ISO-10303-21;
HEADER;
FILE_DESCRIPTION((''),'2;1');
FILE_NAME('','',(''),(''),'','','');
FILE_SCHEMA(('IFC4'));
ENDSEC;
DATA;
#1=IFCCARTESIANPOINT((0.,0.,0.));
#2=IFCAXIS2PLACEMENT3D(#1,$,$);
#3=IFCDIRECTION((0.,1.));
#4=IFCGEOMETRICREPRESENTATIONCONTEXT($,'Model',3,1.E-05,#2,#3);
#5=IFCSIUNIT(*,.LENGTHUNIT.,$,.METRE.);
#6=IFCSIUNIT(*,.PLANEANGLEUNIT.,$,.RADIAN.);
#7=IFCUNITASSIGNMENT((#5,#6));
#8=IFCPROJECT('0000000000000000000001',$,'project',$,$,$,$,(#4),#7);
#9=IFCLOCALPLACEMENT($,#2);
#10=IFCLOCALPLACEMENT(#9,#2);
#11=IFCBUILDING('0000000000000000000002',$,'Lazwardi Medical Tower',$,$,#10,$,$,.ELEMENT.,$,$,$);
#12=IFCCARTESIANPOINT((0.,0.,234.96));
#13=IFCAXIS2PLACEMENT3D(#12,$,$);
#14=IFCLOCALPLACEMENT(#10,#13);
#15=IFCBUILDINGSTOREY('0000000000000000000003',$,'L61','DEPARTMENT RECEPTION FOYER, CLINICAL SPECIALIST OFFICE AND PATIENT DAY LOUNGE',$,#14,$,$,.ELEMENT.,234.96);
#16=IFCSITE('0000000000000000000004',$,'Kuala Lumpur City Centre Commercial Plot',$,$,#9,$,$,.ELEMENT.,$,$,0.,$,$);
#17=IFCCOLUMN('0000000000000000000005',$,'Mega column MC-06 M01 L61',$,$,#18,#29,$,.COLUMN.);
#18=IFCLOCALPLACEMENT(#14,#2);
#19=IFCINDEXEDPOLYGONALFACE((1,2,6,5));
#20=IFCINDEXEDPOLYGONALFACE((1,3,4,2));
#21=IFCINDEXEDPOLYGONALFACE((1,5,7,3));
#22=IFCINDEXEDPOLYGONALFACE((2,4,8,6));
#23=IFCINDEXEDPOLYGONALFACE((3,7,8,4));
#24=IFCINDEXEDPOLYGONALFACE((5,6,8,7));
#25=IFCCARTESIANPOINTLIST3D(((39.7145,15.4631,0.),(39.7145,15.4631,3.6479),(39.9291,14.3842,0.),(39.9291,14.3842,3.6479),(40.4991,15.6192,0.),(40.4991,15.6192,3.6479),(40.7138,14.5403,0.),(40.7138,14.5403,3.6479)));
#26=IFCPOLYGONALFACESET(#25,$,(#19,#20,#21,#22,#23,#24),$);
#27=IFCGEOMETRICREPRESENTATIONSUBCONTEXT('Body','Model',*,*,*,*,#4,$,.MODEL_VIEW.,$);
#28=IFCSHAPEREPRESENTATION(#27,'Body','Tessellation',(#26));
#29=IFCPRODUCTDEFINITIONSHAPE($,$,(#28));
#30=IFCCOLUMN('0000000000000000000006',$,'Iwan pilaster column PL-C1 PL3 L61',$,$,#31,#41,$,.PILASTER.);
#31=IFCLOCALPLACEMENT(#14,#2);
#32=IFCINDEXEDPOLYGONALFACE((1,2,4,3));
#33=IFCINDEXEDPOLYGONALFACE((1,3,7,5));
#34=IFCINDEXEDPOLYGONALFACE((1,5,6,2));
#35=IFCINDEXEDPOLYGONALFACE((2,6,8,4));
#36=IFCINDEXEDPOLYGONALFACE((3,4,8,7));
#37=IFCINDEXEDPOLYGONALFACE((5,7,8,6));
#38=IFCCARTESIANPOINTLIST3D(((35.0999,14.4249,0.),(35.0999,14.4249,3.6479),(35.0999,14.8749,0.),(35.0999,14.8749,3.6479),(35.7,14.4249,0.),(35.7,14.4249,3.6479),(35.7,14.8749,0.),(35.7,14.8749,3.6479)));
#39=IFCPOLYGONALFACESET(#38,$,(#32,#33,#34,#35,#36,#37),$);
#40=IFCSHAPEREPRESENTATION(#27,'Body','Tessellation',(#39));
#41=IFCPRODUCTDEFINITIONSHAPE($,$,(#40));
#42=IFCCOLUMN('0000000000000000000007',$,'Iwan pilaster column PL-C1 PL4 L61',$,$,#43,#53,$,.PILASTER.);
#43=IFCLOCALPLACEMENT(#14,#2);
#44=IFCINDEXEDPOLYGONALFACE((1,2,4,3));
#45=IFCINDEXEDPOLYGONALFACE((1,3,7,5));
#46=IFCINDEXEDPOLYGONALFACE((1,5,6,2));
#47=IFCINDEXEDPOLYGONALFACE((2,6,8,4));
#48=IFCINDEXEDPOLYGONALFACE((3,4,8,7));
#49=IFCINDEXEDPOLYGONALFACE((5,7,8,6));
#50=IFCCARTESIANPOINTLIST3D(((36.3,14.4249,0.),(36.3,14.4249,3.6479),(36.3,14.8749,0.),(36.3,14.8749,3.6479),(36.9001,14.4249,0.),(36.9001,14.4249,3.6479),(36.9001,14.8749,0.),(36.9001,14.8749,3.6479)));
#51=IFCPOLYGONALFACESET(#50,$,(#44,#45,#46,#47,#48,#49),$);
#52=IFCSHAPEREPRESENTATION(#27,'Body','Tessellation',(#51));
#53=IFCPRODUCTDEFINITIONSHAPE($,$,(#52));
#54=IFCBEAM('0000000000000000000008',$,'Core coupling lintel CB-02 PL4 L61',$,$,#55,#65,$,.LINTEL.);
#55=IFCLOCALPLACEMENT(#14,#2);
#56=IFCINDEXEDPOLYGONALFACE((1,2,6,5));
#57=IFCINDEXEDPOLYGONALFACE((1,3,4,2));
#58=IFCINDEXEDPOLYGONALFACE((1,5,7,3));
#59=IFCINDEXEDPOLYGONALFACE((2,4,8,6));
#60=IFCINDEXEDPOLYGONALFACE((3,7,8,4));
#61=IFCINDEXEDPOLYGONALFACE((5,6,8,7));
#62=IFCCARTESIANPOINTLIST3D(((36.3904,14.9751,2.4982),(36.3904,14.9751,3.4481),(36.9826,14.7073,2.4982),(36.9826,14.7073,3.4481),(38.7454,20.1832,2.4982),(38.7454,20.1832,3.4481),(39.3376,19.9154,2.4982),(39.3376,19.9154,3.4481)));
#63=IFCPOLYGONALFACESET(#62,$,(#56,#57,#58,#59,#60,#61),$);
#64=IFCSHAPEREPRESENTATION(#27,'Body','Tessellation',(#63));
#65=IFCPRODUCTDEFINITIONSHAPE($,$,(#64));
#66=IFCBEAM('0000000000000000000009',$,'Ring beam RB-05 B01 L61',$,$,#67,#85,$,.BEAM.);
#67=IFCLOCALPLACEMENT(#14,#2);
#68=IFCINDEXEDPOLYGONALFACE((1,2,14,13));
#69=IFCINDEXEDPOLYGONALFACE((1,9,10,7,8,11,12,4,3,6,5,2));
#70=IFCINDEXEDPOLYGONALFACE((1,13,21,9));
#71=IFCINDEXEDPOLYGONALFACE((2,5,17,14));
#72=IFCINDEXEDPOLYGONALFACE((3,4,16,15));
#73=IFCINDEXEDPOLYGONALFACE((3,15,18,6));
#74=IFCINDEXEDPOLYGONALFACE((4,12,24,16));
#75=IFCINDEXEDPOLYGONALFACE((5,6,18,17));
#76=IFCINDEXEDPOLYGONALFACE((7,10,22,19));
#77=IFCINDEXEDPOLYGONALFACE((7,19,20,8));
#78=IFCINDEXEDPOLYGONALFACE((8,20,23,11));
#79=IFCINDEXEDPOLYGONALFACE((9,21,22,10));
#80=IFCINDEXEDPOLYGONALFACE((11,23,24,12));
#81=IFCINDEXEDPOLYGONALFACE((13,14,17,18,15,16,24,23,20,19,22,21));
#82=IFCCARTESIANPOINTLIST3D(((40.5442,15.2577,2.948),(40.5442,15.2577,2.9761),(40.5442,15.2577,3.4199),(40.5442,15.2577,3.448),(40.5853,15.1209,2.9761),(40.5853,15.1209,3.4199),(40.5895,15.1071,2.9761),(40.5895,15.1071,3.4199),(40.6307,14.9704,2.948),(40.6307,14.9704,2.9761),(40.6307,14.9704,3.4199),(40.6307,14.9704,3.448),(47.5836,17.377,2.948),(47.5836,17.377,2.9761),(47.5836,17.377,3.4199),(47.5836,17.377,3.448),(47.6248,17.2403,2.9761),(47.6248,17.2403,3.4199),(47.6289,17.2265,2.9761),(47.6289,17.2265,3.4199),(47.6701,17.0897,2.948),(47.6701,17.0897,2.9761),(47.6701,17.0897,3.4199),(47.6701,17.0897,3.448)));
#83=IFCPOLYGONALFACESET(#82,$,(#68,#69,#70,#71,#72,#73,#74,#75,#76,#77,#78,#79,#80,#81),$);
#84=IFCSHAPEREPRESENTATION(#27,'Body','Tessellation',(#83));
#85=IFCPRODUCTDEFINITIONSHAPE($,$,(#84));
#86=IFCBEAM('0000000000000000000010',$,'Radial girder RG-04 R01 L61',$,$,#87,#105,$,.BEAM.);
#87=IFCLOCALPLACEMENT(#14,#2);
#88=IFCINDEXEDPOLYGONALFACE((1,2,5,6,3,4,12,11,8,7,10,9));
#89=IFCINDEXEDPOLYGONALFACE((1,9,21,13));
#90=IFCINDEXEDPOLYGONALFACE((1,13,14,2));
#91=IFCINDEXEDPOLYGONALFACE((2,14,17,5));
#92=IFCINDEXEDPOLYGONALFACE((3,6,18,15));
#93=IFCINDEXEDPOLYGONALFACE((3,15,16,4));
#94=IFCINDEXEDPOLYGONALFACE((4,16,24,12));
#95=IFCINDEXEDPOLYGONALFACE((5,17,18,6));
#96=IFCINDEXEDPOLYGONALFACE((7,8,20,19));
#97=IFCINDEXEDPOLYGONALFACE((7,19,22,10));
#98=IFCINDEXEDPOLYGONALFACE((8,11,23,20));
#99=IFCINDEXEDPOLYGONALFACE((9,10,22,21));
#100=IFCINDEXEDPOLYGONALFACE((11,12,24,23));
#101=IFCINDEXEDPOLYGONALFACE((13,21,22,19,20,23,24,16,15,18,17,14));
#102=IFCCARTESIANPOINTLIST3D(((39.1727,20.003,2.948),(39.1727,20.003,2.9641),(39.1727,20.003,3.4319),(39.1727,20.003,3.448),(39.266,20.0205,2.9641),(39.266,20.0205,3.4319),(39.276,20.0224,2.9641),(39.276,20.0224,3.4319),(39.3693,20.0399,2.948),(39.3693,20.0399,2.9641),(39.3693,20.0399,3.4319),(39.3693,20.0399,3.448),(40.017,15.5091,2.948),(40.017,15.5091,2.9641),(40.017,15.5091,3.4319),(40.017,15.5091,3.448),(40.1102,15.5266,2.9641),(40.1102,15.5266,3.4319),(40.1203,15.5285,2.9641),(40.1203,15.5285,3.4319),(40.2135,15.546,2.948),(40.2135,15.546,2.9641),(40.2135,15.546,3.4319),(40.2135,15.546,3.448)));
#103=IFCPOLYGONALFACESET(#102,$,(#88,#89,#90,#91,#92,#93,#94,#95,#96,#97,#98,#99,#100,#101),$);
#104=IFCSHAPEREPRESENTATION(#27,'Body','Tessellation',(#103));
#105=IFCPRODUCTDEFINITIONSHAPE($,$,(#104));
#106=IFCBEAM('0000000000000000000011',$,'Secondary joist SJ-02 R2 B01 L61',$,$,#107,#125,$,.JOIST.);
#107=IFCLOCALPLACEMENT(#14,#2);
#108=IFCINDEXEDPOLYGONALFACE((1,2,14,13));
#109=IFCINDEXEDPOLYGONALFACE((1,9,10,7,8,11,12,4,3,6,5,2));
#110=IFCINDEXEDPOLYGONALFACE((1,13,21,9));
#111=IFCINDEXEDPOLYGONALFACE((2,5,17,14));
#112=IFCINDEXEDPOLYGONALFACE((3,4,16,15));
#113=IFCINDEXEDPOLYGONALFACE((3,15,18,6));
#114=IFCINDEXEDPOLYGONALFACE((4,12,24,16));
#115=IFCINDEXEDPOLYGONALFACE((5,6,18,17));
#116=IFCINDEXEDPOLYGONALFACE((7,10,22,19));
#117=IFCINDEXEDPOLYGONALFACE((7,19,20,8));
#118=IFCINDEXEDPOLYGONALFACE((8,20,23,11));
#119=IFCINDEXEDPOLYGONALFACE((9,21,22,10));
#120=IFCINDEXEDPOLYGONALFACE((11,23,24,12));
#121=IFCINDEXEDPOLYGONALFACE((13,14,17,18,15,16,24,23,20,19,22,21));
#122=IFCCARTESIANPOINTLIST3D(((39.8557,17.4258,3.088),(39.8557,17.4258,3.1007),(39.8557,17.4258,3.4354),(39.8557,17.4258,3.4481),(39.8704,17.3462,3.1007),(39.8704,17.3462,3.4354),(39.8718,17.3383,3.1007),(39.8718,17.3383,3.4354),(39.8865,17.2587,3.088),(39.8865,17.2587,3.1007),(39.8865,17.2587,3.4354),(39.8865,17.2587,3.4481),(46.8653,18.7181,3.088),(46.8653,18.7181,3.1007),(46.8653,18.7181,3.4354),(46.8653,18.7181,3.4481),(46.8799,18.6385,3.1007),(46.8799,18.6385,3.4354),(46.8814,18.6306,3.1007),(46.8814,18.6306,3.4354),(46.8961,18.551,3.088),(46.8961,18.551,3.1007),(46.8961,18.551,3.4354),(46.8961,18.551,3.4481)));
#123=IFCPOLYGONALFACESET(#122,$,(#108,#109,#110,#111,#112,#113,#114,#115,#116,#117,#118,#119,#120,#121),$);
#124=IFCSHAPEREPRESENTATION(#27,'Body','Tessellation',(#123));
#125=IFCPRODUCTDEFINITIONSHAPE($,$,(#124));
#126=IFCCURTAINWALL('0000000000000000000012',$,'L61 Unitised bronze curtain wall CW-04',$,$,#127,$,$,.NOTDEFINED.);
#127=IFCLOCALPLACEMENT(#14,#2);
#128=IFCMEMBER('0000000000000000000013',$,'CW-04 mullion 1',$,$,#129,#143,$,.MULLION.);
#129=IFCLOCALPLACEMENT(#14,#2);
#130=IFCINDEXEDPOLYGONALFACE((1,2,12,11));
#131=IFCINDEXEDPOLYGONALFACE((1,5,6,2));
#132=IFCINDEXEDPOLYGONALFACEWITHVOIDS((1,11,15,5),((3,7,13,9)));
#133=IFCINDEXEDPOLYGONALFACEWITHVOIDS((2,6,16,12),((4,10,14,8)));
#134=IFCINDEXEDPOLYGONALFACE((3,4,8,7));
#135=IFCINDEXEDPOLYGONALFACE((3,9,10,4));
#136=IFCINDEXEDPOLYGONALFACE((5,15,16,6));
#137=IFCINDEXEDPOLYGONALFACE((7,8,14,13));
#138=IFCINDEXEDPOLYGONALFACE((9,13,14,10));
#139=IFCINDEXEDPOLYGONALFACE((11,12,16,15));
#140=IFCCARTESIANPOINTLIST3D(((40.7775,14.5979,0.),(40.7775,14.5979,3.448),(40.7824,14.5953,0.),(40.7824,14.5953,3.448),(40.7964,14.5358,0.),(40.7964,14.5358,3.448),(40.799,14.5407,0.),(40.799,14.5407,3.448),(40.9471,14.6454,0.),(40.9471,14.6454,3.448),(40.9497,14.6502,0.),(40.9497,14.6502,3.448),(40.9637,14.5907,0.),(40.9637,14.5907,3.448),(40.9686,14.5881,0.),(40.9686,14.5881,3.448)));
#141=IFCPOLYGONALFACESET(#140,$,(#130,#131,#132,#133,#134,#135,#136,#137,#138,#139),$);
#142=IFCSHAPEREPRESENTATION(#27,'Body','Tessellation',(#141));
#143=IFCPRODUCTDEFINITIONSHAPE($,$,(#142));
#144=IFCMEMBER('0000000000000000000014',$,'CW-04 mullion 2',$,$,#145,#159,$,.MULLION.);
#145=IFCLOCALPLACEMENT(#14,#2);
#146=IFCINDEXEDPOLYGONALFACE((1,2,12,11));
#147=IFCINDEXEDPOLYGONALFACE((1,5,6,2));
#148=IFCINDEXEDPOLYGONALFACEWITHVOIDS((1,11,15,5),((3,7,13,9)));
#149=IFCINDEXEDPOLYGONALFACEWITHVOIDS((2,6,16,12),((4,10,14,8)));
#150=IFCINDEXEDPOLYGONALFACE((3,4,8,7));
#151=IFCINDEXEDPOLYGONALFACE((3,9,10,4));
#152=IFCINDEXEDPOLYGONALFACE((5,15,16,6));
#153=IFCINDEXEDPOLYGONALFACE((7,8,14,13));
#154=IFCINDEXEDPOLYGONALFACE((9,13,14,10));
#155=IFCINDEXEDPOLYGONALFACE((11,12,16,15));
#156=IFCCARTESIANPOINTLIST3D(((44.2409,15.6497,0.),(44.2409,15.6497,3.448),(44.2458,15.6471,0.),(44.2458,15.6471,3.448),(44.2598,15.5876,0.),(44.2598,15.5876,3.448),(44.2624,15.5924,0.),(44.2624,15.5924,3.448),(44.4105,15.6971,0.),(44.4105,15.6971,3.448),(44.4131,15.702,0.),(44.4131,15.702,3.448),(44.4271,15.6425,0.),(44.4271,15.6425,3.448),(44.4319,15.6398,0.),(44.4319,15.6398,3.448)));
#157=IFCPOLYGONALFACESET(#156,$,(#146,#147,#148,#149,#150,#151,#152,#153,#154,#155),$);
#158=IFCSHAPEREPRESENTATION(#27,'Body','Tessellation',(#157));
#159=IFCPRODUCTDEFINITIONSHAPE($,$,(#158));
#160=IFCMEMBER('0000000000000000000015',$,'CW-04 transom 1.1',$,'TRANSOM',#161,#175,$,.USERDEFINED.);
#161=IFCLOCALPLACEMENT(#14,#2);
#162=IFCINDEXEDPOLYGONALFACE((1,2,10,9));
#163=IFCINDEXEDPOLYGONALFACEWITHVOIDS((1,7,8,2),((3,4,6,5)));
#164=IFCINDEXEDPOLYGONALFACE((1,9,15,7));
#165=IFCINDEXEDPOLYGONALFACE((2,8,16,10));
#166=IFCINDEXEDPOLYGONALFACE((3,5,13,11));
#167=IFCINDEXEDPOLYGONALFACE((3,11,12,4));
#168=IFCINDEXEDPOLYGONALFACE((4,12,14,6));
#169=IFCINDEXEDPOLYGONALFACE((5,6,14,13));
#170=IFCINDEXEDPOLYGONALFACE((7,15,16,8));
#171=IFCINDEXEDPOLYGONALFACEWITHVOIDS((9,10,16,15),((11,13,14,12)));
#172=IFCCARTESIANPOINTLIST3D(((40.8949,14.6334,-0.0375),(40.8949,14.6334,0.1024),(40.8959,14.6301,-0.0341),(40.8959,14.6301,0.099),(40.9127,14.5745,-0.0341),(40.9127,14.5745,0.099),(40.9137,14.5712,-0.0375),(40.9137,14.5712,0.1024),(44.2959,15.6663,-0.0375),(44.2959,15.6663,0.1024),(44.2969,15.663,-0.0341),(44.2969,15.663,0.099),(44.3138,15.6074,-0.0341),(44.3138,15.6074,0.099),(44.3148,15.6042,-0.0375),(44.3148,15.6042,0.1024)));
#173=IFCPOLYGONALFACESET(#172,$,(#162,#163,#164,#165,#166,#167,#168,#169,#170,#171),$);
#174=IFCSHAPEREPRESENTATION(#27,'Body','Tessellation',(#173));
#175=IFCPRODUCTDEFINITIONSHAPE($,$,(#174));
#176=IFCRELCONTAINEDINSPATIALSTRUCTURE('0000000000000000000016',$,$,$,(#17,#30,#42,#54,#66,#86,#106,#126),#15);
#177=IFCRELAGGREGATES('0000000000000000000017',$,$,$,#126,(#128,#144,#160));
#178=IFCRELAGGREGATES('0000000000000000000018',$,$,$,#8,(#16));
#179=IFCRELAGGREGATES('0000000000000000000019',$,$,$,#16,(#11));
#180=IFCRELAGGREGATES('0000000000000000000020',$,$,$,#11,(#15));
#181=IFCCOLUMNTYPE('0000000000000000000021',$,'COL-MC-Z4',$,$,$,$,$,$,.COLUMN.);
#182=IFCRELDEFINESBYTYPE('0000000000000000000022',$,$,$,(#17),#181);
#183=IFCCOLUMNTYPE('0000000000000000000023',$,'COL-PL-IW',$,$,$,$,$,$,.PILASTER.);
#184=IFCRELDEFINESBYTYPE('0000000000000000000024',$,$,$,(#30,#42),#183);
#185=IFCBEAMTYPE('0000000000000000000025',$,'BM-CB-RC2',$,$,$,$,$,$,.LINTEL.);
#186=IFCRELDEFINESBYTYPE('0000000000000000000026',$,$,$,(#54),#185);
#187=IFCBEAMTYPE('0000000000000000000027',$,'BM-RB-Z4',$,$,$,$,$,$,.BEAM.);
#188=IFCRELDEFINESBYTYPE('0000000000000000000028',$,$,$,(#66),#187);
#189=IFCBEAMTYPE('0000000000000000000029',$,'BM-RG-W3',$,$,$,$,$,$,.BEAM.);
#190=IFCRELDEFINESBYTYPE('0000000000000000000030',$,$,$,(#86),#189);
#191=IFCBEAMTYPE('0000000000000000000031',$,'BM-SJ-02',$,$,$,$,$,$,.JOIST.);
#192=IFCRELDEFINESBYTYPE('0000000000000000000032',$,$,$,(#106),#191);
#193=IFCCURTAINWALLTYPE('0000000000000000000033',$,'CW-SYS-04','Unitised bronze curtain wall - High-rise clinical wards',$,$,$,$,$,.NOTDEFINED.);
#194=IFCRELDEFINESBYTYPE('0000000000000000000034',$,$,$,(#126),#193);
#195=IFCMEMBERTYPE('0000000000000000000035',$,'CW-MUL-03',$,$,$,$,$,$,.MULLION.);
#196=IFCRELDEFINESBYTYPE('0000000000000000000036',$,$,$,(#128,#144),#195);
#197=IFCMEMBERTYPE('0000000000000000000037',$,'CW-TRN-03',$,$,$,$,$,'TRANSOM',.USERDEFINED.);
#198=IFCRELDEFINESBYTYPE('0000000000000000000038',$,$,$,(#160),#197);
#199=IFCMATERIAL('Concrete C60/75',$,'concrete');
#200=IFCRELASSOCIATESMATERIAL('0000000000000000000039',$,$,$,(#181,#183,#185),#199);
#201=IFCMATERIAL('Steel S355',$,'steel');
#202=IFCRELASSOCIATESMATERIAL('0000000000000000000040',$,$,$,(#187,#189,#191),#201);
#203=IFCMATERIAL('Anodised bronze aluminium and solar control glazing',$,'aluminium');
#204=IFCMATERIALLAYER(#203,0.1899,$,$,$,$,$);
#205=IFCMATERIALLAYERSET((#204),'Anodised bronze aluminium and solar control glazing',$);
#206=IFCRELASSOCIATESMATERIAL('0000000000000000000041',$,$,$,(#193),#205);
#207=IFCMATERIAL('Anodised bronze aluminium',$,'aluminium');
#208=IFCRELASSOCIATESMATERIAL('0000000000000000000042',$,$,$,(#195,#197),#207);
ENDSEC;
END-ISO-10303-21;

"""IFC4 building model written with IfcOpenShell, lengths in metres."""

from ifc_helpers import new_model, si_unit, direction, frame, origin, origin_2d, place, context, subcontext, project, spatial, rectangle, hollow_rectangle, i_section, extrude, material, layer, layer_set, material_profile, profile_set, type_object, element, aggregate, save


model = new_model("IFC4")

# Units and contexts
model_context = context("Model", 3, precision=1e-05, world=origin(), true_north=direction((0.0, 1.0)))
body_context = subcontext(model_context, "Body", "Model", "MODEL_VIEW")
ifc_project = project(units=[si_unit("LENGTHUNIT", "METRE"), si_unit("PLANEANGLEUNIT", "RADIAN")], contexts=[model_context])

# Site, building, storey
site_placement = place(None, origin())
site = spatial("IfcSite", under=ifc_project, at=site_placement, Name="Kuala Lumpur City Centre Commercial Plot", CompositionType="ELEMENT", RefElevation=0.0)
building_placement = place(site_placement, origin())
building = spatial("IfcBuilding", under=site, at=building_placement, Name="Lazwardi Medical Tower", CompositionType="ELEMENT")
storey_placement = place(building_placement, frame((0.0, 0.0, 234.96)))
storey = spatial("IfcBuildingStorey", under=building, at=storey_placement, Name="L61", Description="DEPARTMENT RECEPTION FOYER, CLINICAL SPECIALIST OFFICE AND PATIENT DAY LOUNGE", CompositionType="ELEMENT", Elevation=234.96)

# Columns
ifc_material_1 = material(Name="Concrete C60/75", Category="concrete")
ifc_material_profile_1 = material_profile(ifc_material_1, rectangle(XDim=1.1001, YDim=0.8, at=origin_2d()), Name="CFT-RECT 1100x800")
ifc_profile_set_1 = profile_set([ifc_material_profile_1], Name="Concrete C60/75")
column_type_1 = type_object("IfcColumnType", Name="COL-MC-Z4", PredefinedType="COLUMN", material=ifc_profile_set_1)
column_placement = place(storey_placement, frame((40.2141, 15.0017, 0.0), z_axis=(0.0, 0.0, 1.0), x_axis=(0.19509, -0.980785, 0.0)))
element("IfcColumn", 1, at=column_placement, inside=storey, type_object=column_type_1, Name="Mega column MC-06 M01 L61", PredefinedType="COLUMN", context=body_context, shape_type="SweptSolid", body=[
    extrude(rectangle(XDim=1.1001, YDim=0.8, at=origin_2d()), origin(), (0.0, 0.0, 1.0), 3.6479),
])
ifc_material_profile_2 = material_profile(ifc_material_1, rectangle(XDim=0.6001, YDim=0.45, at=origin_2d()), Name="RC 600x450")
ifc_profile_set_2 = profile_set([ifc_material_profile_2], Name="Concrete C60/75")
column_type_2 = type_object("IfcColumnType", Name="COL-PL-IW", PredefinedType="PILASTER", material=ifc_profile_set_2)
for number, where, z_axis, x_axis, name in (
    (2, (35.3999, 14.6499, 0.0), (0.0, 0.0, 1.0), (1.0, 0.0, 0.0), "Iwan pilaster column PL-C1 PL3 L61"),
    (3, (36.6001, 14.6499, 0.0), (0.0, 0.0, 1.0), (1.0, 0.0, 0.0), "Iwan pilaster column PL-C1 PL4 L61"),
):
    element("IfcColumn", number, at=place(storey_placement, frame(where, z_axis=z_axis, x_axis=x_axis)), inside=storey, type_object=column_type_2, Name=name, PredefinedType="PILASTER", context=body_context, shape_type="SweptSolid", body=[
        extrude(rectangle(XDim=0.6001, YDim=0.45, at=origin_2d()), origin(), (0.0, 0.0, 1.0), 3.6479),
    ])

# Beams
ifc_material_profile_3 = material_profile(ifc_material_1, rectangle(XDim=0.6499, YDim=0.95, at=origin_2d()), Name="RC 650x950")
ifc_profile_set_3 = profile_set([ifc_material_profile_3], Name="Concrete C60/75")
beam_type_1 = type_object("IfcBeamType", Name="BM-CB-RC2", PredefinedType="LINTEL", material=ifc_profile_set_3)
beam_1_placement = place(storey_placement, frame((39.0415, 20.0493, 2.9731), z_axis=(-0.412019, -0.911175, 0.0), x_axis=(0.911175, -0.412019, 0.0)))
element("IfcBeam", 4, at=beam_1_placement, inside=storey, type_object=beam_type_1, Name="Core coupling lintel CB-02 PL4 L61", PredefinedType="LINTEL", context=body_context, shape_type="SweptSolid", body=[
    extrude(rectangle(XDim=0.6499, YDim=0.95, at=origin_2d()), origin(), (0.0, 0.0, 1.0), 5.7158),
])
ifc_material_2 = material(Name="Steel S355", Category="steel")
ifc_material_profile_4 = material_profile(ifc_material_2, i_section(OverallWidth=0.3, OverallDepth=0.5, WebThickness=0.0144, FlangeThickness=0.0281, at=origin_2d()), Name="HEB 500")
ifc_profile_set_4 = profile_set([ifc_material_profile_4], Name="Steel S355")
beam_type_2 = type_object("IfcBeamType", Name="BM-RB-Z4", PredefinedType="BEAM", material=ifc_profile_set_4)
beam_2_placement = place(storey_placement, frame((40.5874, 15.114, 3.198), z_axis=(0.957544, 0.288286, 0.0), x_axis=(-0.288286, 0.957544, 0.0)))
element("IfcBeam", 5, at=beam_2_placement, inside=storey, type_object=beam_type_2, Name="Ring beam RB-05 B01 L61", PredefinedType="BEAM", context=body_context, shape_type="SweptSolid", body=[
    extrude(i_section(OverallWidth=0.3, OverallDepth=0.5, WebThickness=0.0144, FlangeThickness=0.0281, at=origin_2d()), origin(), (0.0, 0.0, 1.0), 7.3516),
])
ifc_material_profile_5 = material_profile(ifc_material_2, i_section(OverallWidth=0.2, OverallDepth=0.5, WebThickness=0.0103, FlangeThickness=0.0161, at=origin_2d()), Name="IPE 500")
ifc_profile_set_5 = profile_set([ifc_material_profile_5], Name="Steel S355")
beam_type_3 = type_object("IfcBeamType", Name="BM-RG-W3", PredefinedType="BEAM", material=ifc_profile_set_5)
beam_3_placement = place(storey_placement, frame((40.1152, 15.5276, 3.198), z_axis=(-0.184633, 0.982807, 0.0), x_axis=(-0.982807, -0.184633, 0.0)))
element("IfcBeam", 6, at=beam_3_placement, inside=storey, type_object=beam_type_3, Name="Radial girder RG-04 R01 L61", PredefinedType="BEAM", context=body_context, shape_type="SweptSolid", body=[
    extrude(i_section(OverallWidth=0.2, OverallDepth=0.5, WebThickness=0.0103, FlangeThickness=0.0161, at=origin_2d()), origin(), (0.0, 0.0, 1.0), 4.5725),
])
ifc_material_profile_6 = material_profile(ifc_material_2, i_section(OverallWidth=0.1699, OverallDepth=0.3601, WebThickness=0.0081, FlangeThickness=0.0127, at=origin_2d()), Name="IPE 360")
ifc_profile_set_6 = profile_set([ifc_material_profile_6], Name="Steel S355")
beam_type_4 = type_object("IfcBeamType", Name="BM-SJ-02", PredefinedType="JOIST", material=ifc_profile_set_6)
beam_4_placement = place(storey_placement, frame((39.8711, 17.3423, 3.2681), z_axis=(0.983428, 0.181299, 0.0), x_axis=(-0.181299, 0.983428, 0.0)))
element("IfcBeam", 7, at=beam_4_placement, inside=storey, type_object=beam_type_4, Name="Secondary joist SJ-02 R2 B01 L61", PredefinedType="JOIST", context=body_context, shape_type="SweptSolid", body=[
    extrude(i_section(OverallWidth=0.1699, OverallDepth=0.3601, WebThickness=0.0081, FlangeThickness=0.0127, at=origin_2d()), origin(), (0.0, 0.0, 1.0), 7.1277),
])

# Curtain wall, members
ifc_material_3 = material(Name="Anodised bronze aluminium and solar control glazing", Category="aluminium")
ifc_layer_1 = layer(ifc_material_3, 0.1899)
ifc_layer_set_1 = layer_set([ifc_layer_1], Name="Anodised bronze aluminium and solar control glazing")
curtain_wall_type = type_object("IfcCurtainWallType", Name="CW-SYS-04", Description="Unitised bronze curtain wall - High-rise clinical wards", PredefinedType="NOTDEFINED", material=ifc_layer_set_1)
curtain_wall_placement = place(storey_placement, origin())
curtain_wall = element("IfcCurtainWall", 8, at=curtain_wall_placement, inside=storey, type_object=curtain_wall_type, Name="L61 Unitised bronze curtain wall CW-04", PredefinedType="NOTDEFINED")
ifc_material_4 = material(Name="Anodised bronze aluminium", Category="aluminium")
ifc_material_profile_7 = material_profile(ifc_material_4, hollow_rectangle(XDim=0.0649, YDim=0.1799, WallThickness=0.0039, at=origin_2d()), Name="ALU-MULLION 180x65x4")
ifc_profile_set_7 = profile_set([ifc_material_profile_7], Name="Anodised bronze aluminium")
member_type_1 = type_object("IfcMemberType", Name="CW-MUL-03", PredefinedType="MULLION", material=ifc_profile_set_7)
member_1_placement = place(storey_placement, frame((40.873, 14.593, 0.0), z_axis=(0.0, 0.0, 1.0), x_axis=(-0.290582, 0.95685, 0.0)))
member_1 = element("IfcMember", 9, at=member_1_placement, type_object=member_type_1, Name="CW-04 mullion 1", PredefinedType="MULLION", context=body_context, shape_type="SweptSolid", body=[
    extrude(hollow_rectangle(XDim=0.0649, YDim=0.1799, WallThickness=0.0039, at=origin_2d()), origin(), (0.0, 0.0, 1.0), 3.448),
])
member_2_placement = place(storey_placement, frame((44.3364, 15.6448, 0.0), z_axis=(0.0, 0.0, 1.0), x_axis=(-0.290582, 0.95685, 0.0)))
member_2 = element("IfcMember", 10, at=member_2_placement, type_object=member_type_1, Name="CW-04 mullion 2", PredefinedType="MULLION", context=body_context, shape_type="SweptSolid", body=[
    extrude(hollow_rectangle(XDim=0.0649, YDim=0.1799, WallThickness=0.0039, at=origin_2d()), origin(), (0.0, 0.0, 1.0), 3.448),
])
ifc_material_profile_8 = material_profile(ifc_material_4, hollow_rectangle(XDim=0.0649, YDim=0.1399, WallThickness=0.0034, at=origin_2d()), Name="ALU-TRANSOM 140x65x3.5")
ifc_profile_set_8 = profile_set([ifc_material_profile_8], Name="Anodised bronze aluminium")
member_type_2 = type_object("IfcMemberType", Name="CW-TRN-03", ElementType="TRANSOM", PredefinedType="USERDEFINED", material=ifc_profile_set_8)
member_3_placement = place(storey_placement, frame((40.9043, 14.6023, 0.0325), z_axis=(0.956843, 0.290604, 0.0), x_axis=(-0.290604, 0.956843, 0.0)))
member_3 = element("IfcMember", 11, at=member_3_placement, type_object=member_type_2, Name="CW-04 transom 1.1", ObjectType="TRANSOM", PredefinedType="USERDEFINED", context=body_context, shape_type="SweptSolid", body=[
    extrude(hollow_rectangle(XDim=0.0649, YDim=0.1399, WallThickness=0.0034, at=origin_2d()), origin(), (0.0, 0.0, 1.0), 3.5544),
])
aggregate(curtain_wall, [member_1, member_2, member_3])

save(model, "model.ifc")
